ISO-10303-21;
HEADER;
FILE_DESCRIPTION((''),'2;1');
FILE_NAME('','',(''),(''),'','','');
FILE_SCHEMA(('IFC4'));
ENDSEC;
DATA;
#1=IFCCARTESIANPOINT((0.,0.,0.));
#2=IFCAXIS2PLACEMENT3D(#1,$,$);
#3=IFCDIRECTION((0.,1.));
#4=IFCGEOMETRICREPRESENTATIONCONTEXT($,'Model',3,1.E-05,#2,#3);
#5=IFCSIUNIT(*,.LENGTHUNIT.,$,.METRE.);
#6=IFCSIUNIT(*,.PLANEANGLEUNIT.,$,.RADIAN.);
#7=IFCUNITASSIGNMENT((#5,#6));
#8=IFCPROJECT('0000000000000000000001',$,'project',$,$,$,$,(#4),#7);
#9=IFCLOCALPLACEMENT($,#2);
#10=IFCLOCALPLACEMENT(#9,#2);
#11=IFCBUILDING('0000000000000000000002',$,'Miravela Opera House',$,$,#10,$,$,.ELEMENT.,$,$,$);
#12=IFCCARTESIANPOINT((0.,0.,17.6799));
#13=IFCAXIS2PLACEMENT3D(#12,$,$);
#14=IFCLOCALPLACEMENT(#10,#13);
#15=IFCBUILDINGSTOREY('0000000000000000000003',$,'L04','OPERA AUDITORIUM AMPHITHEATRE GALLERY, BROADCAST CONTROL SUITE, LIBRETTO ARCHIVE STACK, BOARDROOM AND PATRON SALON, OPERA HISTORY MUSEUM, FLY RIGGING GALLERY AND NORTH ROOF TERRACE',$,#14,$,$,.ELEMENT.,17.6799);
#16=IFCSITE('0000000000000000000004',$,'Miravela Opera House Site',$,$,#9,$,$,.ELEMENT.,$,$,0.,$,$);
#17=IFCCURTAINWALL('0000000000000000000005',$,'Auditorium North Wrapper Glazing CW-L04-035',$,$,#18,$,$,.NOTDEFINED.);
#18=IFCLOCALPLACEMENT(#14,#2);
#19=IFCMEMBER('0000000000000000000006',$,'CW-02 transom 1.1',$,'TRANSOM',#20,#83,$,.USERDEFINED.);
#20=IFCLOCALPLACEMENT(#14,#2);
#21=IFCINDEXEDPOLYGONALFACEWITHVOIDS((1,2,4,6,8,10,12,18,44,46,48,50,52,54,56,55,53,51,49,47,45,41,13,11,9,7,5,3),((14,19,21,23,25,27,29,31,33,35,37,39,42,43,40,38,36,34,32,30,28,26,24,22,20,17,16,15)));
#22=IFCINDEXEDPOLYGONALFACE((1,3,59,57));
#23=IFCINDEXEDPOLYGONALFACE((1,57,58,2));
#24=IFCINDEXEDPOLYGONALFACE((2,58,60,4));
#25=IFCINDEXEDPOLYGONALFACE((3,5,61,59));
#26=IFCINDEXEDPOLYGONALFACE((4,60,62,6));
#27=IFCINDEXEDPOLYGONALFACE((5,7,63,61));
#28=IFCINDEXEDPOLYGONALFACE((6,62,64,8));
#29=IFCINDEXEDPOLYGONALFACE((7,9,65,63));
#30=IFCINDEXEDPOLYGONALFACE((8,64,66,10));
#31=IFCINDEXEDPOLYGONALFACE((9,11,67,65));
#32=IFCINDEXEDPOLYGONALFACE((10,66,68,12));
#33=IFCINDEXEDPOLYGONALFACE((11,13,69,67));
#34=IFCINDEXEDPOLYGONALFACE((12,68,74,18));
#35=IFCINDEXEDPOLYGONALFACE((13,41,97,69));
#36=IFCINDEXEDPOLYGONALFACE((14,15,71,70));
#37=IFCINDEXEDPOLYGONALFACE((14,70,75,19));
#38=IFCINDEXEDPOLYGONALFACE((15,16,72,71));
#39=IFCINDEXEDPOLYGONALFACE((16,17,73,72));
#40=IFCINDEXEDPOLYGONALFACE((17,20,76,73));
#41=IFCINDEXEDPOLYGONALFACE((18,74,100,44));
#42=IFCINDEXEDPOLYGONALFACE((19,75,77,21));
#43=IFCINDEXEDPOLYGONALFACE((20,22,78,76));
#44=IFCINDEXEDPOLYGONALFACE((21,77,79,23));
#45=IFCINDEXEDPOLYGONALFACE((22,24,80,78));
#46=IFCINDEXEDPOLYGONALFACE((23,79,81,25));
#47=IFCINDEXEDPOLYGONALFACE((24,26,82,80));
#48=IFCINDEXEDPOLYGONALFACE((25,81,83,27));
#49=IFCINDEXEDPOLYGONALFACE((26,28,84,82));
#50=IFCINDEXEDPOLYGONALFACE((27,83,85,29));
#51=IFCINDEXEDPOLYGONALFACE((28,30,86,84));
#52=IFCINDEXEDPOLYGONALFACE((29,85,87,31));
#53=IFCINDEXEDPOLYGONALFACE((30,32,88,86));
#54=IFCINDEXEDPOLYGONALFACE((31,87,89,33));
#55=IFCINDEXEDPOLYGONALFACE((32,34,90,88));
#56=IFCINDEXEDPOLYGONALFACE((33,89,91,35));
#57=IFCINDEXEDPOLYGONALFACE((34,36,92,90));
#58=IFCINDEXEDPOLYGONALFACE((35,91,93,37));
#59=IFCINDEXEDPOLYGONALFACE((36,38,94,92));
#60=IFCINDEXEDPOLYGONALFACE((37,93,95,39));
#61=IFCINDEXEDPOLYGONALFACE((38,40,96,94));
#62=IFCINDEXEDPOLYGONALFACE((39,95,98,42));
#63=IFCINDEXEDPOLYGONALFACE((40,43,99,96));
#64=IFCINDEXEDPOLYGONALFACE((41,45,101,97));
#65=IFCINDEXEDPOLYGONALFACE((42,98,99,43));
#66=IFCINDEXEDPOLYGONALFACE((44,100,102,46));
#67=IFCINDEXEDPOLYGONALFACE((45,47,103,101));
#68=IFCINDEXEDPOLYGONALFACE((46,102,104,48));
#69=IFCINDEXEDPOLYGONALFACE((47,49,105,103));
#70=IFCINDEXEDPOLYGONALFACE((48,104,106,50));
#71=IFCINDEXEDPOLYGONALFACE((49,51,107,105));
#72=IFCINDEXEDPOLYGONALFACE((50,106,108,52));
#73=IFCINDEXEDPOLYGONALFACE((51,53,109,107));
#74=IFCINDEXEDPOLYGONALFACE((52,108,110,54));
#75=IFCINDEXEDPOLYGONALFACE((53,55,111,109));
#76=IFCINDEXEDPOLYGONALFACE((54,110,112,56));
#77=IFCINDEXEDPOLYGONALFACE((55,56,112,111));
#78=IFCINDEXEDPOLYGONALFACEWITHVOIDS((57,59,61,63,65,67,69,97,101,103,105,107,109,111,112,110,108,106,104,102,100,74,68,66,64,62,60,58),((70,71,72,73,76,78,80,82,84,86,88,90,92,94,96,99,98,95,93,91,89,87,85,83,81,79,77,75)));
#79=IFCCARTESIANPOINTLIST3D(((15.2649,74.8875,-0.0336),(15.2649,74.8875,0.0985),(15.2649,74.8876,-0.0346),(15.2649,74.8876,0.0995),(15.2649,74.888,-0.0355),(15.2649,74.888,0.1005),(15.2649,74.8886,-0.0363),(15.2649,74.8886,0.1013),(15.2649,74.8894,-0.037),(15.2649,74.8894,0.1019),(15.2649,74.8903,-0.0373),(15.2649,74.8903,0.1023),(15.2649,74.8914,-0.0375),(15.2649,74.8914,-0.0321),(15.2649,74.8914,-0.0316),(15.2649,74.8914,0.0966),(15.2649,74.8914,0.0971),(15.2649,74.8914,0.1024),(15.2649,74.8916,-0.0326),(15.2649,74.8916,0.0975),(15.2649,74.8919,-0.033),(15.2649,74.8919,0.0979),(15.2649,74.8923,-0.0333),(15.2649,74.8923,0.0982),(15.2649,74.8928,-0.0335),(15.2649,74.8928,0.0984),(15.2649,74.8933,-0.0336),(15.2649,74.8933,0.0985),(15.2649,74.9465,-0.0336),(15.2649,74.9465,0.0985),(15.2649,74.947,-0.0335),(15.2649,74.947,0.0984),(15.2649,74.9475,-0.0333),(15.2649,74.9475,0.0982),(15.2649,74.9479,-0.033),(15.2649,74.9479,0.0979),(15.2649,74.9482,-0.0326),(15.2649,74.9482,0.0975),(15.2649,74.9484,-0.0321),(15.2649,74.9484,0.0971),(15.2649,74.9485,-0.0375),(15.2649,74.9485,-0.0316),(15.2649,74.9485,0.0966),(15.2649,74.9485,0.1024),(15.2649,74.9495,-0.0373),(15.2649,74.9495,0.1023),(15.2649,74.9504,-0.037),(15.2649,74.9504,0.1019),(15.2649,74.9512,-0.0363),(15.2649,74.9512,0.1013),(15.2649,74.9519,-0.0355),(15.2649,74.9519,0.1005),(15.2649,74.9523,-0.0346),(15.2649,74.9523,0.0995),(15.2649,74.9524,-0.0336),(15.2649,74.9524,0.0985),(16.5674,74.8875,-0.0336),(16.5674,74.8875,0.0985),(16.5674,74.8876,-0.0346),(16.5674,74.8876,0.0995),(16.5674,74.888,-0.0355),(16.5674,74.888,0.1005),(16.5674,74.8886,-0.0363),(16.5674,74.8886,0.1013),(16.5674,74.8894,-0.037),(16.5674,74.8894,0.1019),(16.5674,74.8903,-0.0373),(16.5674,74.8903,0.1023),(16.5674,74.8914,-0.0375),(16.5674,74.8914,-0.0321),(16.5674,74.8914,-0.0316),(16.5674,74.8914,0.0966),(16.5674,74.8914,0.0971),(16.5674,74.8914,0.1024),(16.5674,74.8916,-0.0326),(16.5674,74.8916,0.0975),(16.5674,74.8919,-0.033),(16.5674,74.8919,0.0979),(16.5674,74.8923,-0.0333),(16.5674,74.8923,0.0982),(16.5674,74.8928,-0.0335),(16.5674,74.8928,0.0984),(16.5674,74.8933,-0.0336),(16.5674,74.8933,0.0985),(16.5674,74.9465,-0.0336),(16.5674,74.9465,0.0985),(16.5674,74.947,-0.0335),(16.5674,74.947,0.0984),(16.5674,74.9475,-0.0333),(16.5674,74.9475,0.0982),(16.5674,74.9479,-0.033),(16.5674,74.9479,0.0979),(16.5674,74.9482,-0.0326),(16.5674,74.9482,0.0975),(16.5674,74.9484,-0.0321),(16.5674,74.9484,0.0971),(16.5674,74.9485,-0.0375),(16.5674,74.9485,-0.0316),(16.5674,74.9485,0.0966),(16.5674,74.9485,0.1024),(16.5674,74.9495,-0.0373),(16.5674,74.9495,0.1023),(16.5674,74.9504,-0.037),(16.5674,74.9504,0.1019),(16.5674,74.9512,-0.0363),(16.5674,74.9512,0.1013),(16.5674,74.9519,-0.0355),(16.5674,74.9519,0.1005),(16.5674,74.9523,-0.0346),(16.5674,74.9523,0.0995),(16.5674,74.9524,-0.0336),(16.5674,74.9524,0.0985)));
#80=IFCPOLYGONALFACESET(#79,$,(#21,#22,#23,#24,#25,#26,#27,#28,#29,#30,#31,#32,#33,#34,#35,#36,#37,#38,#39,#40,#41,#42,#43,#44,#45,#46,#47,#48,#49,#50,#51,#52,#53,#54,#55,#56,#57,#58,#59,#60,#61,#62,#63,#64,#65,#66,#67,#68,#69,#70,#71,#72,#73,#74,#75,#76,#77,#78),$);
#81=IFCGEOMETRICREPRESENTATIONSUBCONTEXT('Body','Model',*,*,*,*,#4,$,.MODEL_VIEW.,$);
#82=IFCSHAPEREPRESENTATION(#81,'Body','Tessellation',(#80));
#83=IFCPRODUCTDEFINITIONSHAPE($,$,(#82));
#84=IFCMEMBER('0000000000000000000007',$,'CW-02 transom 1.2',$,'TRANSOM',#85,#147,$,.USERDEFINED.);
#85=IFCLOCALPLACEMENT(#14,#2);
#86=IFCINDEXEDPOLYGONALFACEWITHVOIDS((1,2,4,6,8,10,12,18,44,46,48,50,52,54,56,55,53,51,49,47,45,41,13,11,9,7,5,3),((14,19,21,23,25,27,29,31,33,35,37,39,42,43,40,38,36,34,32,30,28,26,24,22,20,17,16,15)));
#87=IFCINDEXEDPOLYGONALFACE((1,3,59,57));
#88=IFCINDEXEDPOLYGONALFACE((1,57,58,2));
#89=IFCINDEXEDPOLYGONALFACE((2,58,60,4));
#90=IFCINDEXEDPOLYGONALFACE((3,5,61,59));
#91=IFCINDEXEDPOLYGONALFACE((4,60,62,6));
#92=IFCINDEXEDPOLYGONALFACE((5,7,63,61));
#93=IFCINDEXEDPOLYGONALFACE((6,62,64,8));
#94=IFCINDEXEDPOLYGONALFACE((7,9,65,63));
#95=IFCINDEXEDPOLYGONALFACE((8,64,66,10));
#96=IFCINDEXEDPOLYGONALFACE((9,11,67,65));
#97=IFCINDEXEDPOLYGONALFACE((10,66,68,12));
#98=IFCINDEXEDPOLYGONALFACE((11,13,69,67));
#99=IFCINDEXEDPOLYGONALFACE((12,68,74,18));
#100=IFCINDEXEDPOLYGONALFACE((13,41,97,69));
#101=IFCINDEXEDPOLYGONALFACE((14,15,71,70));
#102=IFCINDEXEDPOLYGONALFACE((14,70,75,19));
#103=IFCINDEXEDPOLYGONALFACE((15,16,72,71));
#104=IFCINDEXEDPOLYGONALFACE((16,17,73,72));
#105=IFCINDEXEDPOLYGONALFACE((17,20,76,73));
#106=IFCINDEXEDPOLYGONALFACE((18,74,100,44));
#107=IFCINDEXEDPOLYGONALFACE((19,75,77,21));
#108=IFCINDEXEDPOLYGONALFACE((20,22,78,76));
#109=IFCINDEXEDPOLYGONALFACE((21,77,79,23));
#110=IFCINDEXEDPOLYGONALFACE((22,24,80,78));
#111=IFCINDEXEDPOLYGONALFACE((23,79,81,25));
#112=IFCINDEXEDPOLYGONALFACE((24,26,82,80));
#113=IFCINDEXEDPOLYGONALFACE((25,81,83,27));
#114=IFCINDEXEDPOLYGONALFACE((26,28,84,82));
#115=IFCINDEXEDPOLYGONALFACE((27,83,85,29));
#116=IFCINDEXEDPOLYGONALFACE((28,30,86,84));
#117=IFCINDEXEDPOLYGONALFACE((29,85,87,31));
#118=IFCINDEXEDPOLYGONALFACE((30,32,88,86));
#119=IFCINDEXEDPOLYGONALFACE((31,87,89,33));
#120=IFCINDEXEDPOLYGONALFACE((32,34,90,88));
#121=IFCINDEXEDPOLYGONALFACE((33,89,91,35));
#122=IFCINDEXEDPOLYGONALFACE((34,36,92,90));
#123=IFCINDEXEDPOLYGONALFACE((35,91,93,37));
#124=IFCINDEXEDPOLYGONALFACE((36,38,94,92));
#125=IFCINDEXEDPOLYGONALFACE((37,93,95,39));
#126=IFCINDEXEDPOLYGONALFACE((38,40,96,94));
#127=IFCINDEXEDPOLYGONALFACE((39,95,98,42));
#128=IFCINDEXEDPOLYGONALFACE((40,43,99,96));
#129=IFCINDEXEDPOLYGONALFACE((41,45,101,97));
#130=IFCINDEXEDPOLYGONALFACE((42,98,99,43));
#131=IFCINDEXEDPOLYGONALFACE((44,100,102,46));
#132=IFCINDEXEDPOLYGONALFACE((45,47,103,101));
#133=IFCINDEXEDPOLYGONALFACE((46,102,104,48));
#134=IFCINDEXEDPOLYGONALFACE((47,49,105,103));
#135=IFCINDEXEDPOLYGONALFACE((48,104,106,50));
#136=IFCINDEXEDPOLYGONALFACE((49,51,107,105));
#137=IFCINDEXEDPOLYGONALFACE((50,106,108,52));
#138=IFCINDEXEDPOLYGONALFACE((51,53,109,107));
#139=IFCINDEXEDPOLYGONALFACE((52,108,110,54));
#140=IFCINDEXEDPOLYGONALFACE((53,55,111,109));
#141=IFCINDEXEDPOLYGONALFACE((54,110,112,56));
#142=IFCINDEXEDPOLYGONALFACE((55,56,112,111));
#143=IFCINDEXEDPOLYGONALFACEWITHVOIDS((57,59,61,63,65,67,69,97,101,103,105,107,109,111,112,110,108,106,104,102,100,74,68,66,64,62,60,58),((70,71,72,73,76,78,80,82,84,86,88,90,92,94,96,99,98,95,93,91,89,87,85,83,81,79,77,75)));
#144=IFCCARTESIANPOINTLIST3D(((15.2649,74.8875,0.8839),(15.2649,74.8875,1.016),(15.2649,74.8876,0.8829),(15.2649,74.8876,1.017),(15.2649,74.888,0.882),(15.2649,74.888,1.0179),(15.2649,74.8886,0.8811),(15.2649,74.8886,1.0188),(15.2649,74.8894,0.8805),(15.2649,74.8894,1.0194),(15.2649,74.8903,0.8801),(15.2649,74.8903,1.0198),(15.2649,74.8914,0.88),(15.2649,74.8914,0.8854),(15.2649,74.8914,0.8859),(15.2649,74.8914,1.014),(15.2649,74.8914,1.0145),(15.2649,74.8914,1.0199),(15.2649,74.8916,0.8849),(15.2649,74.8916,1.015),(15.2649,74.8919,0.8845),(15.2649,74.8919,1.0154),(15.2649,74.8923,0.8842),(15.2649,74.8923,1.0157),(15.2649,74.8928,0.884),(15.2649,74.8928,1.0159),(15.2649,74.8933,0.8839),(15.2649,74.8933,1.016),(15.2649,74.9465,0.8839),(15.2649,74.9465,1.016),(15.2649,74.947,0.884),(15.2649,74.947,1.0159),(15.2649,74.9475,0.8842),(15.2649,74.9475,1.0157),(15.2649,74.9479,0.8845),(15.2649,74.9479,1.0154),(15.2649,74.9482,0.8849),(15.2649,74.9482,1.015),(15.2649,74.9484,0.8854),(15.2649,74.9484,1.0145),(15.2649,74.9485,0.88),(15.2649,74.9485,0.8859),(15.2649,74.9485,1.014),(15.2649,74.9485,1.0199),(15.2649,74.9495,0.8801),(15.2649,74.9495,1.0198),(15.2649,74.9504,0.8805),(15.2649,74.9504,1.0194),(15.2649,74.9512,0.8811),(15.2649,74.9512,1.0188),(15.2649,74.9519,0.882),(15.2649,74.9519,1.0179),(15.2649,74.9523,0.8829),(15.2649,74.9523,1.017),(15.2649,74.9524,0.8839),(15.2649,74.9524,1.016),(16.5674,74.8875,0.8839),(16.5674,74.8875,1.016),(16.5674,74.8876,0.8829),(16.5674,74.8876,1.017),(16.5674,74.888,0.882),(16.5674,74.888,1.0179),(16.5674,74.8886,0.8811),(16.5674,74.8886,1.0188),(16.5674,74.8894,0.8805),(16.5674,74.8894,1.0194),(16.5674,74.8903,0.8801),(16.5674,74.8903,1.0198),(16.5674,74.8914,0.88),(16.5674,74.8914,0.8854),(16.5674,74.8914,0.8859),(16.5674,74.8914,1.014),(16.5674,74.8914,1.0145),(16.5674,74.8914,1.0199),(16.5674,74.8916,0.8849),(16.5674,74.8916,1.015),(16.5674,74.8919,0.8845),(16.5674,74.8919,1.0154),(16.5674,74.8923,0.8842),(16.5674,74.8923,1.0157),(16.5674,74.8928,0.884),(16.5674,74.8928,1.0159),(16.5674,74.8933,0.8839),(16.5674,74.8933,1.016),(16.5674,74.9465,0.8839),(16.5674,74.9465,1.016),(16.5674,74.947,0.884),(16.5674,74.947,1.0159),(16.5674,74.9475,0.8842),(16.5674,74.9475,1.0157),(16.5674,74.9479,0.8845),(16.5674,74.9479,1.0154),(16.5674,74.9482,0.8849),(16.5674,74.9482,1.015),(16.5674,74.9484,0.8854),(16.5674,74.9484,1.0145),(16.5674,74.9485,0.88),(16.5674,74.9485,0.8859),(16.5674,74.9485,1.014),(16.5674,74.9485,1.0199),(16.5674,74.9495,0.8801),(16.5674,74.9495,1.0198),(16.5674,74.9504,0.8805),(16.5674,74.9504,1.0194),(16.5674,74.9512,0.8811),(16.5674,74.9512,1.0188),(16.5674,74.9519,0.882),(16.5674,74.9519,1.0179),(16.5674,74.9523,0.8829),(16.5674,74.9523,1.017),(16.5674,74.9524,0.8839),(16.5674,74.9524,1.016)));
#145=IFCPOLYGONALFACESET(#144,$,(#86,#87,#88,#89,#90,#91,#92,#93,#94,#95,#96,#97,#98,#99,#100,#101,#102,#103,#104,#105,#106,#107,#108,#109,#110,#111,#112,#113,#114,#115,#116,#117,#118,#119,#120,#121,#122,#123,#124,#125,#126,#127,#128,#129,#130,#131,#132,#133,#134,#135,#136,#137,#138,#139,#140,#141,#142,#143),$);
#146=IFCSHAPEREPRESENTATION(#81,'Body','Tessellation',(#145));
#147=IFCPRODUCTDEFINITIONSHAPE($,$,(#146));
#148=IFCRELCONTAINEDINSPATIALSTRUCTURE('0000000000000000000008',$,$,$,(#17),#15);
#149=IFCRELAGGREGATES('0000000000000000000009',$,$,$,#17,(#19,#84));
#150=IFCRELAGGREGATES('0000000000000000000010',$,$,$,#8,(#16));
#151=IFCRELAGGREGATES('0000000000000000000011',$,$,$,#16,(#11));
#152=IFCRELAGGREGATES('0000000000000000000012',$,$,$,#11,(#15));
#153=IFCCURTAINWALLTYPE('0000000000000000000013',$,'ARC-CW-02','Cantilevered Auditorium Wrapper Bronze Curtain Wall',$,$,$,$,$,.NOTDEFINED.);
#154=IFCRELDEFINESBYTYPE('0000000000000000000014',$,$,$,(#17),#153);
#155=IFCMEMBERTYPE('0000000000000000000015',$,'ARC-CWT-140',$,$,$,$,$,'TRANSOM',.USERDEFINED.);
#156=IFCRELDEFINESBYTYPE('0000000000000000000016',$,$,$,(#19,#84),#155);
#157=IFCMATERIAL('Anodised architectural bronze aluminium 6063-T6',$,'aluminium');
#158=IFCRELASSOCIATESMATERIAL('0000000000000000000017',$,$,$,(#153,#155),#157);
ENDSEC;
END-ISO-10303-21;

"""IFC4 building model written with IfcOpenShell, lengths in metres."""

from ifc_helpers import new_model, si_unit, direction, frame, origin, origin_2d, place, context, subcontext, project, spatial, hollow_rectangle, extrude, material, material_profile, profile_set, type_object, element, aggregate, save


model = new_model("IFC4")

# Units and contexts
model_context = context("Model", 3, precision=1e-05, world=origin(), true_north=direction((0.0, 1.0)))
body_context = subcontext(model_context, "Body", "Model", "MODEL_VIEW")
ifc_project = project(units=[si_unit("LENGTHUNIT", "METRE"), si_unit("PLANEANGLEUNIT", "RADIAN")], contexts=[model_context])

# Site, building, storey
site_placement = place(None, origin())
site = spatial("IfcSite", under=ifc_project, at=site_placement, Name="Miravela Opera House Site", CompositionType="ELEMENT", RefElevation=0.0)
building_placement = place(site_placement, origin())
building = spatial("IfcBuilding", under=site, at=building_placement, Name="Miravela Opera House", CompositionType="ELEMENT")
storey_placement = place(building_placement, frame((0.0, 0.0, 17.6799)))
storey = spatial("IfcBuildingStorey", under=building, at=storey_placement, Name="L04", Description="OPERA AUDITORIUM AMPHITHEATRE GALLERY, BROADCAST CONTROL SUITE, LIBRETTO ARCHIVE STACK, BOARDROOM AND PATRON SALON, OPERA HISTORY MUSEUM, FLY RIGGING GALLERY AND NORTH ROOF TERRACE", CompositionType="ELEMENT", Elevation=17.6799)

# Shared definitions
ifc_material_1 = material(Name="Anodised architectural bronze aluminium 6063-T6", Category="aluminium")
curtain_wall_type = type_object("IfcCurtainWallType", Name="ARC-CW-02", Description="Cantilevered Auditorium Wrapper Bronze Curtain Wall", PredefinedType="NOTDEFINED", material=ifc_material_1)

# Curtain wall
curtain_wall_1_placement = place(storey_placement, origin())
curtain_wall_1 = element("IfcCurtainWall", 1, at=curtain_wall_1_placement, inside=storey, type_object=curtain_wall_type, Name="Auditorium North Wrapper Glazing CW-L04-035", PredefinedType="NOTDEFINED")

# Members
ifc_material_profile_1 = material_profile(ifc_material_1, hollow_rectangle(XDim=0.0649, YDim=0.1399, WallThickness=0.0039, InnerFilletRadius=0.002, OuterFilletRadius=0.0039, at=origin_2d()), Name="CWT-65X140")
ifc_profile_set_1 = profile_set([ifc_material_profile_1])
member_type_1 = type_object("IfcMemberType", Name="ARC-CWT-140", ElementType="TRANSOM", PredefinedType="USERDEFINED", material=ifc_profile_set_1)
member_1_placement = place(storey_placement, frame((15.2649, 74.9199, 0.0325), z_axis=(1.0, 0.0, 0.0), x_axis=(0.0, 1.0, 0.0)))
member_1 = element("IfcMember", 2, at=member_1_placement, type_object=member_type_1, Name="CW-02 transom 1.1", ObjectType="TRANSOM", PredefinedType="USERDEFINED", context=body_context, shape_type="SweptSolid", body=[
    extrude(hollow_rectangle(XDim=0.0649, YDim=0.1399, WallThickness=0.0039, InnerFilletRadius=0.002, OuterFilletRadius=0.0039, at=origin_2d()), origin(), (0.0, 0.0, 1.0), 1.3025),
])
member_2_placement = place(storey_placement, frame((15.2649, 74.9199, 0.95), z_axis=(1.0, 0.0, 0.0), x_axis=(0.0, 1.0, 0.0)))
member_2 = element("IfcMember", 3, at=member_2_placement, type_object=member_type_1, Name="CW-02 transom 1.2", ObjectType="TRANSOM", PredefinedType="USERDEFINED", context=body_context, shape_type="SweptSolid", body=[
    extrude(hollow_rectangle(XDim=0.0649, YDim=0.1399, WallThickness=0.0039, InnerFilletRadius=0.002, OuterFilletRadius=0.0039, at=origin_2d()), origin(), (0.0, 0.0, 1.0), 1.3025),
])

aggregate(curtain_wall_1, [member_1, member_2])

save(model, "model.ifc")
